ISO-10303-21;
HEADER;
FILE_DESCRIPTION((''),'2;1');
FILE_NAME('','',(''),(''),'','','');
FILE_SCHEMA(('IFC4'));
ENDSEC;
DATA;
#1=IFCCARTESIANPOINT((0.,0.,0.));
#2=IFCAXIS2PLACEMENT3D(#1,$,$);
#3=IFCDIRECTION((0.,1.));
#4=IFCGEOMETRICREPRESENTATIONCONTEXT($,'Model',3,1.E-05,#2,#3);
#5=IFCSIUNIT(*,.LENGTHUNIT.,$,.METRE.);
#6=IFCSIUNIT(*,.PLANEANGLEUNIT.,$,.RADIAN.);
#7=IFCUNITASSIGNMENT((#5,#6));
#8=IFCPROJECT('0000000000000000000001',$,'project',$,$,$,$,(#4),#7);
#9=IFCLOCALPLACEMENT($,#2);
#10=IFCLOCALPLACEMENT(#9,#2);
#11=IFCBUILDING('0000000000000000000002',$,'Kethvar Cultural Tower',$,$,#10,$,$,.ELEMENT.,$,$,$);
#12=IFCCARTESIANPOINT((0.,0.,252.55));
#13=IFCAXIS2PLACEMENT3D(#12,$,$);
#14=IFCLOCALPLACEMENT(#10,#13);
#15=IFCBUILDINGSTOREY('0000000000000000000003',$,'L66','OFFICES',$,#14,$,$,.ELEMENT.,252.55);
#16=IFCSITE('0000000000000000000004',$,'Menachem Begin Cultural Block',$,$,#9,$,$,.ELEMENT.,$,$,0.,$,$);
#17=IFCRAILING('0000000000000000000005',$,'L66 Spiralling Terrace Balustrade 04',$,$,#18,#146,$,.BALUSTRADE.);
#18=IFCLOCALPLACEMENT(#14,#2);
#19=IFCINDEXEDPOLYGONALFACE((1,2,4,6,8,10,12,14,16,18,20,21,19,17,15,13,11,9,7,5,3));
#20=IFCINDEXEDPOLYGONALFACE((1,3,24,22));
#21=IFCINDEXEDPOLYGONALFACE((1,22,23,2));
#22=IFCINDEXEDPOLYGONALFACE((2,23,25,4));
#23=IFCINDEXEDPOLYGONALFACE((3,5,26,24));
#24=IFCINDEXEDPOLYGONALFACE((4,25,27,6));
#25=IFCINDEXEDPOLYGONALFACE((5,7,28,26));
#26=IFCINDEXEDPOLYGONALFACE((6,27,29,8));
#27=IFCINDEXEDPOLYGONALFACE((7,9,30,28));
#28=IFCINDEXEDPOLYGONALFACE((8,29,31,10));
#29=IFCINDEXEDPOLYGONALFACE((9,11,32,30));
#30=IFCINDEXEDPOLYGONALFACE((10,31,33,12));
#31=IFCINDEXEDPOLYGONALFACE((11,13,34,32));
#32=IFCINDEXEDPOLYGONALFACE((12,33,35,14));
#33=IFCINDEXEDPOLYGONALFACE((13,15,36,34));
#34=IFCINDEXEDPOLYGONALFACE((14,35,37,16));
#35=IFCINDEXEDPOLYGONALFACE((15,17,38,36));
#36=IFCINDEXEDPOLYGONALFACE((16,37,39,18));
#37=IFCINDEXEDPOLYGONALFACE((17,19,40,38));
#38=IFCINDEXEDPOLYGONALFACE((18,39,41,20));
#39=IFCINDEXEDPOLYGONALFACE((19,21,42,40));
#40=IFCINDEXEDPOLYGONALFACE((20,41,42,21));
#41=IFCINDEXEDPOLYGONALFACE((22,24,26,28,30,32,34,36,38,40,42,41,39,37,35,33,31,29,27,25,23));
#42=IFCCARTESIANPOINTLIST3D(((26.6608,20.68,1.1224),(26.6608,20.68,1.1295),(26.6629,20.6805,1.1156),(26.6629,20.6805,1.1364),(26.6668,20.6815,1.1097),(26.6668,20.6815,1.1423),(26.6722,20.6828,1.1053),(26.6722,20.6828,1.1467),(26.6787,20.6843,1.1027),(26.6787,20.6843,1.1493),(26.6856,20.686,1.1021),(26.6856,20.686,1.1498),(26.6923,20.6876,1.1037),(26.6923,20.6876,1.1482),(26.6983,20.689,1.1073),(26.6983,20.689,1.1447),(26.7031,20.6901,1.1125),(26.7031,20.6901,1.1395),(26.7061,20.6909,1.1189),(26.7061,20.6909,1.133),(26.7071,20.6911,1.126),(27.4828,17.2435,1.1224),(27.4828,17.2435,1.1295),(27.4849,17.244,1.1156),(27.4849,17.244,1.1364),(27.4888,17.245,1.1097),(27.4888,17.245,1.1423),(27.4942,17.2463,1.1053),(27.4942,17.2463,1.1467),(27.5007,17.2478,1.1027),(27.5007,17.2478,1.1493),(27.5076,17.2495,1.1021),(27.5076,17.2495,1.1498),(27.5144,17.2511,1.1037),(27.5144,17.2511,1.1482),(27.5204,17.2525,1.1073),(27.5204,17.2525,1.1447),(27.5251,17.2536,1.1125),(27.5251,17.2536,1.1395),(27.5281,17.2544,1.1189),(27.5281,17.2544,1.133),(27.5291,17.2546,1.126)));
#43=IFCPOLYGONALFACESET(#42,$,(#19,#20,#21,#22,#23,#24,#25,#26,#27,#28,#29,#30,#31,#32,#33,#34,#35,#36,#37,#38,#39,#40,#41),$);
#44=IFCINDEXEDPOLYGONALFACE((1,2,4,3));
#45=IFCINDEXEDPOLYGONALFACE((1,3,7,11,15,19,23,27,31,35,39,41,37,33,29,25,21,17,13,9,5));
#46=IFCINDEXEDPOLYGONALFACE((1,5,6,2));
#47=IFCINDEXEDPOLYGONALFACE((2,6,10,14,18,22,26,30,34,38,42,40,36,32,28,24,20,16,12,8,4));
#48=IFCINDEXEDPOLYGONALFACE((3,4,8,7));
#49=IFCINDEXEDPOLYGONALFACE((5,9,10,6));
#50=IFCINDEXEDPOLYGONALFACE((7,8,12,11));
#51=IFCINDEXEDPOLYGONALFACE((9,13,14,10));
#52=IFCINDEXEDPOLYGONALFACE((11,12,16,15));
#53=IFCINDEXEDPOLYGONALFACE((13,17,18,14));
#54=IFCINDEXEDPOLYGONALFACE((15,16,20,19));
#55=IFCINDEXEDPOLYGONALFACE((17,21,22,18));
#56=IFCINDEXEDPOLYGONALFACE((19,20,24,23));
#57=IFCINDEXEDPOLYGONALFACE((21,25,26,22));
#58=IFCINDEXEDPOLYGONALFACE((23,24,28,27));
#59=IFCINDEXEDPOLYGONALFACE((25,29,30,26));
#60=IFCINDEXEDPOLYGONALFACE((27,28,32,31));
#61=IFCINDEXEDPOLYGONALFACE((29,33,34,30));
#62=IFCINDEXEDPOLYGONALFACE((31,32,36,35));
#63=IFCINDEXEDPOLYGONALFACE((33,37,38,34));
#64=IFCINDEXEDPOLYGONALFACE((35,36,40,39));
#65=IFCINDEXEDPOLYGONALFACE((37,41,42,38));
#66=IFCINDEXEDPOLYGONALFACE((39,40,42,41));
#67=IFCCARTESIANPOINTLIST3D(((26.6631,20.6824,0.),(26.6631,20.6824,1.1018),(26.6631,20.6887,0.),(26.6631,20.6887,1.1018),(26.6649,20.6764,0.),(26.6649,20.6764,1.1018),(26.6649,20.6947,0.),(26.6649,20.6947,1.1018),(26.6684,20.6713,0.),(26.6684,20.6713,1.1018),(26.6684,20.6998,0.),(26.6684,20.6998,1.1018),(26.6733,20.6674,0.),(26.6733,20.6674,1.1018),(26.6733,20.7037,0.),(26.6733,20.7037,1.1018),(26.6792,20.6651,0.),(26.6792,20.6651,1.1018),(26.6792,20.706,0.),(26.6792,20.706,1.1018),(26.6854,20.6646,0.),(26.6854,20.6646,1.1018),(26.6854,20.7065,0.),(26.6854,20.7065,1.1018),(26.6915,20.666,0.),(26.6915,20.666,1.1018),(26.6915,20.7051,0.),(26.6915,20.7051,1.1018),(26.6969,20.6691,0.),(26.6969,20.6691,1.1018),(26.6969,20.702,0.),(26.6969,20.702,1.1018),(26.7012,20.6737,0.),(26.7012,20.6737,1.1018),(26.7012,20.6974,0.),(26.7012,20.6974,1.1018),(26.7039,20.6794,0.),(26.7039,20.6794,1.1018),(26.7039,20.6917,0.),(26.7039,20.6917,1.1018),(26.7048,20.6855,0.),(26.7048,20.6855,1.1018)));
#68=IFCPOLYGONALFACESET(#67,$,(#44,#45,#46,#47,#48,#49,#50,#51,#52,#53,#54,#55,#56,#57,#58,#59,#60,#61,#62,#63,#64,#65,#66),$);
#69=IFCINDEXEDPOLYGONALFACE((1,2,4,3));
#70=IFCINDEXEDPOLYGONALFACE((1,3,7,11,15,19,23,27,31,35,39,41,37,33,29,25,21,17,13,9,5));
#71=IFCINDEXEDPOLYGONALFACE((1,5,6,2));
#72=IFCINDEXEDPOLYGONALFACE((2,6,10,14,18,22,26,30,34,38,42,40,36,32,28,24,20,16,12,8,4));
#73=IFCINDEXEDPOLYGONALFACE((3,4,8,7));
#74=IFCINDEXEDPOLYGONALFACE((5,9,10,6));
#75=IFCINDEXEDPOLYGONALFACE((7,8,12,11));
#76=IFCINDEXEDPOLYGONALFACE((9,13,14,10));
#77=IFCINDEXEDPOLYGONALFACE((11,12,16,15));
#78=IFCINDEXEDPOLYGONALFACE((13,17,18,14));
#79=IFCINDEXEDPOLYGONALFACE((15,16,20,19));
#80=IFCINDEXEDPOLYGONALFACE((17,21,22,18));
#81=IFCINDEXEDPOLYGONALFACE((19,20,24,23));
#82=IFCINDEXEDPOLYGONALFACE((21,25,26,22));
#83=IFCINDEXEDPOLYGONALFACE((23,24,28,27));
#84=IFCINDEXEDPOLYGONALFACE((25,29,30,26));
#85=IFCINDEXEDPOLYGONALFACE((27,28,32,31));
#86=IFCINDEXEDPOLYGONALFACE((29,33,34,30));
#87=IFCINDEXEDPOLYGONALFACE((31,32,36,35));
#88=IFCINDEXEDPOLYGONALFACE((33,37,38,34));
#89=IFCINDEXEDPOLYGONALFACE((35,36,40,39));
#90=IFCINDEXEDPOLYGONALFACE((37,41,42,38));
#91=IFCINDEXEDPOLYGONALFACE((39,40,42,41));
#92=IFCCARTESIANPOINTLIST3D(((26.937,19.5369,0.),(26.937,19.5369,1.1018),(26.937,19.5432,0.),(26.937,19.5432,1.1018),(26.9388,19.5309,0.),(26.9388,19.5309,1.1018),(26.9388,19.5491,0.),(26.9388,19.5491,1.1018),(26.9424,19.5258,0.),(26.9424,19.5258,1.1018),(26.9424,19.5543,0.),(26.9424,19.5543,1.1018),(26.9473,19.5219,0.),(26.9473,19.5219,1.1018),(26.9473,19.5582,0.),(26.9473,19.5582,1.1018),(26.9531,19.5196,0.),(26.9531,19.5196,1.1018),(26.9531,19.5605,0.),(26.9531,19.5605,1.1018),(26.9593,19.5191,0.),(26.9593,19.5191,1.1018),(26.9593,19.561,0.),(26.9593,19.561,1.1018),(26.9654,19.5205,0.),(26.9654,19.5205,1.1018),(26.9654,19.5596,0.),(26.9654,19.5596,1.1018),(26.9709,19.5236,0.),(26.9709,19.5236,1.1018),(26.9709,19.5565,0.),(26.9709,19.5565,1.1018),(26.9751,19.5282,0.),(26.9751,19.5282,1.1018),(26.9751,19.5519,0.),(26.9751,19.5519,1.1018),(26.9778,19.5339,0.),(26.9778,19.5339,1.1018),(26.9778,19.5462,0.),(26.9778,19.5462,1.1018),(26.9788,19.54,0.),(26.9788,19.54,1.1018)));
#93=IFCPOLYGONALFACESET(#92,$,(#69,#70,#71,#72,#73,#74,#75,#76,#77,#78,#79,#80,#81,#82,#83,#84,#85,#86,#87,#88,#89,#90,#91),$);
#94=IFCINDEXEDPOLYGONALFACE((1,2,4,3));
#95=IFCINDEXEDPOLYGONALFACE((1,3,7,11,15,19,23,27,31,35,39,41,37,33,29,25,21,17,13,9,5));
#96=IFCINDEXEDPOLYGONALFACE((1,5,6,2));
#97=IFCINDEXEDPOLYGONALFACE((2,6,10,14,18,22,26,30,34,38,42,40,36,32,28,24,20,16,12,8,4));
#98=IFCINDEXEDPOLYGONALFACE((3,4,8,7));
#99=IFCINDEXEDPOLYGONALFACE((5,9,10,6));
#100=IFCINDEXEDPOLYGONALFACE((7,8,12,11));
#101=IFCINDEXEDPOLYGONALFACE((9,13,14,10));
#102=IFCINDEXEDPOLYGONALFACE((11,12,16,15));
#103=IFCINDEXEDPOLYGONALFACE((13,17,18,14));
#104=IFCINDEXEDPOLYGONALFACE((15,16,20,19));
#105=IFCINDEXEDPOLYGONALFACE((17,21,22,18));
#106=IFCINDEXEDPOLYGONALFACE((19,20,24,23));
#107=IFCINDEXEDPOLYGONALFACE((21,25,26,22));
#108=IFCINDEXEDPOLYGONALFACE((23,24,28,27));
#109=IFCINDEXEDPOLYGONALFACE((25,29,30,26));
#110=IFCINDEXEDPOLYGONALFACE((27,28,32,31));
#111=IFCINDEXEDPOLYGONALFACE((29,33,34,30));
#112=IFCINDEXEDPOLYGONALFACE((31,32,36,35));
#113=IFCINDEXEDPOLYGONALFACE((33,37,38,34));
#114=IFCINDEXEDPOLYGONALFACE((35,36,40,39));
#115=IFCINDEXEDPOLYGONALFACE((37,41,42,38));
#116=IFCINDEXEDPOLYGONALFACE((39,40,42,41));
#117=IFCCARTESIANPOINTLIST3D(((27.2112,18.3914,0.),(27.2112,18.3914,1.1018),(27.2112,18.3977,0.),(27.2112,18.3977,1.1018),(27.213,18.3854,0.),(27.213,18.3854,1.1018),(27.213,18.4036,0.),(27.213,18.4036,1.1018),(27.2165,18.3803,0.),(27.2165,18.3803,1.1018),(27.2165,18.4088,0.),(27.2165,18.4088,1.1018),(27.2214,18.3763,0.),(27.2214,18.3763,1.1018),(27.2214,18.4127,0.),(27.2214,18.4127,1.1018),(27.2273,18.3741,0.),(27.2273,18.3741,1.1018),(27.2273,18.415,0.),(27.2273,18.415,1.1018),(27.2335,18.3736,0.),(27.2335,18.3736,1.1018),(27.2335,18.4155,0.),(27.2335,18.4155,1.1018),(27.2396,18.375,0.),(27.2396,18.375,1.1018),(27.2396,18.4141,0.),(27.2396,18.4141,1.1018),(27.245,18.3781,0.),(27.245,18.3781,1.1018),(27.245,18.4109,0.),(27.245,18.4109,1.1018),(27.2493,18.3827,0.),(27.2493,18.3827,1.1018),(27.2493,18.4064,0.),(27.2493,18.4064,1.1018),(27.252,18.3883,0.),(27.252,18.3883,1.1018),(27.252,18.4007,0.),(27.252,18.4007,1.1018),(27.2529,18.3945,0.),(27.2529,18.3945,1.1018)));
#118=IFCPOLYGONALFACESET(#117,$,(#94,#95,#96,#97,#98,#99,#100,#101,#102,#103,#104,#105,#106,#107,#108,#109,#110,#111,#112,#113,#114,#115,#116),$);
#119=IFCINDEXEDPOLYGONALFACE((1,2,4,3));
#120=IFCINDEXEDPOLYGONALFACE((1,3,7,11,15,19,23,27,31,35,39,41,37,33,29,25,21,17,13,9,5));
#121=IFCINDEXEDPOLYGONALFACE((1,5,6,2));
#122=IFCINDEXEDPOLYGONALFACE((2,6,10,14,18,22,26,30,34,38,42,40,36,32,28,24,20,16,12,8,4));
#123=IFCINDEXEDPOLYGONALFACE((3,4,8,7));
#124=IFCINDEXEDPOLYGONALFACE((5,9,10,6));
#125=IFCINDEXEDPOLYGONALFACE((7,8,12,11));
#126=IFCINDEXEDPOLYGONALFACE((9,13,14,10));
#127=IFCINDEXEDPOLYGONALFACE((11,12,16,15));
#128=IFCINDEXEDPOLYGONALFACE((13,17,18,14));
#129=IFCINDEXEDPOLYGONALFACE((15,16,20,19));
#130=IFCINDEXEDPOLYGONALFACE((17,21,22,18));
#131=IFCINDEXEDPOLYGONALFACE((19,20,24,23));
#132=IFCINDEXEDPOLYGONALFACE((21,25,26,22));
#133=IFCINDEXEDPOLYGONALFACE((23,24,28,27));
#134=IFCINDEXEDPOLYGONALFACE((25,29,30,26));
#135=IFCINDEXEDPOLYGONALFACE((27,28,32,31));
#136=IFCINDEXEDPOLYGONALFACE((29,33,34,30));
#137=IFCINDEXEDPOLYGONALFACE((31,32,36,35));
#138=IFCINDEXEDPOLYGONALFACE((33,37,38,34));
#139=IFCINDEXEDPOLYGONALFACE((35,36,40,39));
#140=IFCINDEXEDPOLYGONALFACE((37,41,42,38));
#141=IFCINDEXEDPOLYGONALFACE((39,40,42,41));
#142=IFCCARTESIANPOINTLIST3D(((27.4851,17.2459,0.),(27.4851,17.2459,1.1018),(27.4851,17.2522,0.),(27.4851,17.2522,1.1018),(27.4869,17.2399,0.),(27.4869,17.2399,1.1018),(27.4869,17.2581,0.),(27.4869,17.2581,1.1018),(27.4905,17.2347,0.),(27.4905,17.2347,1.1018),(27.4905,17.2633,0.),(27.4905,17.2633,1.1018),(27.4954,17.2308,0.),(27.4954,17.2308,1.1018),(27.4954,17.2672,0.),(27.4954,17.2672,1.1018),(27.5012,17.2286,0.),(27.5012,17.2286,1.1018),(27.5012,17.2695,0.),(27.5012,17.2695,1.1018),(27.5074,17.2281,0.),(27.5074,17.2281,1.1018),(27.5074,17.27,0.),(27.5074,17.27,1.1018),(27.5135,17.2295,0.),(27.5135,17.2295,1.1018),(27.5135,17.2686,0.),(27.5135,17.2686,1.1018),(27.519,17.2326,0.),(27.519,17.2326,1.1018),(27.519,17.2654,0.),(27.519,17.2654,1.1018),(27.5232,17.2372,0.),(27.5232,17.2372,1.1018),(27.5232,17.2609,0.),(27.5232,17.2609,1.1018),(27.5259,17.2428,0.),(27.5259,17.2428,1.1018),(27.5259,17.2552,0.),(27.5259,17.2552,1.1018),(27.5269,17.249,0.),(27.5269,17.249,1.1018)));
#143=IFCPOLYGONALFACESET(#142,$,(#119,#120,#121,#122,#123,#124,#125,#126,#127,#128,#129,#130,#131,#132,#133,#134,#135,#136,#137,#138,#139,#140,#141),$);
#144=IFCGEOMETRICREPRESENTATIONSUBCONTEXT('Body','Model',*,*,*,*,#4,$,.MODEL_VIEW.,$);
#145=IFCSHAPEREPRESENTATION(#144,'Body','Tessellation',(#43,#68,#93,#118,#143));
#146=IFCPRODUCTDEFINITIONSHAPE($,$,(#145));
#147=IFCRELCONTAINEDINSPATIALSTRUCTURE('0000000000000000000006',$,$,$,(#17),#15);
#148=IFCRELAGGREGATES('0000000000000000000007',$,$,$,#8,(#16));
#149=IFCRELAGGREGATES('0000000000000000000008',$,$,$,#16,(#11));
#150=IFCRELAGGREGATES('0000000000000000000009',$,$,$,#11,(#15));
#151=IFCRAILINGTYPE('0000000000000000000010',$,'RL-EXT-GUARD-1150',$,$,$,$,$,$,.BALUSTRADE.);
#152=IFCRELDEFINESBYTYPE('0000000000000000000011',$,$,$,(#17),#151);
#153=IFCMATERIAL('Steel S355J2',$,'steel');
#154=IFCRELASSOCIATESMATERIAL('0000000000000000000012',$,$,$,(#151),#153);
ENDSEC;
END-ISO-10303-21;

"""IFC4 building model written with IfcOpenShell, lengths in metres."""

from ifc_helpers import new_model, si_unit, direction, frame, origin, origin_2d, place, context, subcontext, project, spatial, circle, extrude, material, type_object, element, save


model = new_model("IFC4")

# Units and contexts
model_context = context("Model", 3, precision=1e-05, world=origin(), true_north=direction((0.0, 1.0)))
body_context = subcontext(model_context, "Body", "Model", "MODEL_VIEW")
ifc_project = project(units=[si_unit("LENGTHUNIT", "METRE"), si_unit("PLANEANGLEUNIT", "RADIAN")], contexts=[model_context])

# Site, building, storey
site_placement = place(None, origin())
site = spatial("IfcSite", under=ifc_project, at=site_placement, Name="Menachem Begin Cultural Block", CompositionType="ELEMENT", RefElevation=0.0)
building_placement = place(site_placement, origin())
building = spatial("IfcBuilding", under=site, at=building_placement, Name="Kethvar Cultural Tower", CompositionType="ELEMENT")
storey_placement = place(building_placement, frame((0.0, 0.0, 252.55)))
storey = spatial("IfcBuildingStorey", under=building, at=storey_placement, Name="L66", Description="OFFICES", CompositionType="ELEMENT", Elevation=252.55)

# Shared definitions
ifc_material_1 = material(Name="Steel S355J2", Category="steel")

# Railing
railing_type = type_object("IfcRailingType", Name="RL-EXT-GUARD-1150", PredefinedType="BALUSTRADE", material=ifc_material_1)
railing_1_placement = place(storey_placement, frame((26.6838, 20.6855, 0.0)))
element("IfcRailing", 1, at=railing_1_placement, inside=storey, type_object=railing_type, Name="L66 Spiralling Terrace Balustrade 04", PredefinedType="BALUSTRADE", context=body_context, shape_type="SweptSolid", body=[
    extrude(circle(Radius=0.0239, at=origin_2d()), frame((0.0, 0.0, 1.126), z_axis=(0.232639, -0.972563, 0.0), x_axis=(0.972563, 0.232639, 0.0)), (0.0, 0.0, 1.0), 3.5334),
    extrude(circle(Radius=0.021, at=origin_2d()), origin(), (0.0, 0.0, 1.0), 1.1018),
    extrude(circle(Radius=0.021, at=origin_2d()), frame((0.2739, -1.1455, 0.0)), (0.0, 0.0, 1.0), 1.1018),
    extrude(circle(Radius=0.021, at=origin_2d()), frame((0.5481, -2.291, 0.0)), (0.0, 0.0, 1.0), 1.1018),
    extrude(circle(Radius=0.021, at=origin_2d()), frame((0.822, -3.4365, 0.0)), (0.0, 0.0, 1.0), 1.1018),
])

save(model, "model.ifc")
